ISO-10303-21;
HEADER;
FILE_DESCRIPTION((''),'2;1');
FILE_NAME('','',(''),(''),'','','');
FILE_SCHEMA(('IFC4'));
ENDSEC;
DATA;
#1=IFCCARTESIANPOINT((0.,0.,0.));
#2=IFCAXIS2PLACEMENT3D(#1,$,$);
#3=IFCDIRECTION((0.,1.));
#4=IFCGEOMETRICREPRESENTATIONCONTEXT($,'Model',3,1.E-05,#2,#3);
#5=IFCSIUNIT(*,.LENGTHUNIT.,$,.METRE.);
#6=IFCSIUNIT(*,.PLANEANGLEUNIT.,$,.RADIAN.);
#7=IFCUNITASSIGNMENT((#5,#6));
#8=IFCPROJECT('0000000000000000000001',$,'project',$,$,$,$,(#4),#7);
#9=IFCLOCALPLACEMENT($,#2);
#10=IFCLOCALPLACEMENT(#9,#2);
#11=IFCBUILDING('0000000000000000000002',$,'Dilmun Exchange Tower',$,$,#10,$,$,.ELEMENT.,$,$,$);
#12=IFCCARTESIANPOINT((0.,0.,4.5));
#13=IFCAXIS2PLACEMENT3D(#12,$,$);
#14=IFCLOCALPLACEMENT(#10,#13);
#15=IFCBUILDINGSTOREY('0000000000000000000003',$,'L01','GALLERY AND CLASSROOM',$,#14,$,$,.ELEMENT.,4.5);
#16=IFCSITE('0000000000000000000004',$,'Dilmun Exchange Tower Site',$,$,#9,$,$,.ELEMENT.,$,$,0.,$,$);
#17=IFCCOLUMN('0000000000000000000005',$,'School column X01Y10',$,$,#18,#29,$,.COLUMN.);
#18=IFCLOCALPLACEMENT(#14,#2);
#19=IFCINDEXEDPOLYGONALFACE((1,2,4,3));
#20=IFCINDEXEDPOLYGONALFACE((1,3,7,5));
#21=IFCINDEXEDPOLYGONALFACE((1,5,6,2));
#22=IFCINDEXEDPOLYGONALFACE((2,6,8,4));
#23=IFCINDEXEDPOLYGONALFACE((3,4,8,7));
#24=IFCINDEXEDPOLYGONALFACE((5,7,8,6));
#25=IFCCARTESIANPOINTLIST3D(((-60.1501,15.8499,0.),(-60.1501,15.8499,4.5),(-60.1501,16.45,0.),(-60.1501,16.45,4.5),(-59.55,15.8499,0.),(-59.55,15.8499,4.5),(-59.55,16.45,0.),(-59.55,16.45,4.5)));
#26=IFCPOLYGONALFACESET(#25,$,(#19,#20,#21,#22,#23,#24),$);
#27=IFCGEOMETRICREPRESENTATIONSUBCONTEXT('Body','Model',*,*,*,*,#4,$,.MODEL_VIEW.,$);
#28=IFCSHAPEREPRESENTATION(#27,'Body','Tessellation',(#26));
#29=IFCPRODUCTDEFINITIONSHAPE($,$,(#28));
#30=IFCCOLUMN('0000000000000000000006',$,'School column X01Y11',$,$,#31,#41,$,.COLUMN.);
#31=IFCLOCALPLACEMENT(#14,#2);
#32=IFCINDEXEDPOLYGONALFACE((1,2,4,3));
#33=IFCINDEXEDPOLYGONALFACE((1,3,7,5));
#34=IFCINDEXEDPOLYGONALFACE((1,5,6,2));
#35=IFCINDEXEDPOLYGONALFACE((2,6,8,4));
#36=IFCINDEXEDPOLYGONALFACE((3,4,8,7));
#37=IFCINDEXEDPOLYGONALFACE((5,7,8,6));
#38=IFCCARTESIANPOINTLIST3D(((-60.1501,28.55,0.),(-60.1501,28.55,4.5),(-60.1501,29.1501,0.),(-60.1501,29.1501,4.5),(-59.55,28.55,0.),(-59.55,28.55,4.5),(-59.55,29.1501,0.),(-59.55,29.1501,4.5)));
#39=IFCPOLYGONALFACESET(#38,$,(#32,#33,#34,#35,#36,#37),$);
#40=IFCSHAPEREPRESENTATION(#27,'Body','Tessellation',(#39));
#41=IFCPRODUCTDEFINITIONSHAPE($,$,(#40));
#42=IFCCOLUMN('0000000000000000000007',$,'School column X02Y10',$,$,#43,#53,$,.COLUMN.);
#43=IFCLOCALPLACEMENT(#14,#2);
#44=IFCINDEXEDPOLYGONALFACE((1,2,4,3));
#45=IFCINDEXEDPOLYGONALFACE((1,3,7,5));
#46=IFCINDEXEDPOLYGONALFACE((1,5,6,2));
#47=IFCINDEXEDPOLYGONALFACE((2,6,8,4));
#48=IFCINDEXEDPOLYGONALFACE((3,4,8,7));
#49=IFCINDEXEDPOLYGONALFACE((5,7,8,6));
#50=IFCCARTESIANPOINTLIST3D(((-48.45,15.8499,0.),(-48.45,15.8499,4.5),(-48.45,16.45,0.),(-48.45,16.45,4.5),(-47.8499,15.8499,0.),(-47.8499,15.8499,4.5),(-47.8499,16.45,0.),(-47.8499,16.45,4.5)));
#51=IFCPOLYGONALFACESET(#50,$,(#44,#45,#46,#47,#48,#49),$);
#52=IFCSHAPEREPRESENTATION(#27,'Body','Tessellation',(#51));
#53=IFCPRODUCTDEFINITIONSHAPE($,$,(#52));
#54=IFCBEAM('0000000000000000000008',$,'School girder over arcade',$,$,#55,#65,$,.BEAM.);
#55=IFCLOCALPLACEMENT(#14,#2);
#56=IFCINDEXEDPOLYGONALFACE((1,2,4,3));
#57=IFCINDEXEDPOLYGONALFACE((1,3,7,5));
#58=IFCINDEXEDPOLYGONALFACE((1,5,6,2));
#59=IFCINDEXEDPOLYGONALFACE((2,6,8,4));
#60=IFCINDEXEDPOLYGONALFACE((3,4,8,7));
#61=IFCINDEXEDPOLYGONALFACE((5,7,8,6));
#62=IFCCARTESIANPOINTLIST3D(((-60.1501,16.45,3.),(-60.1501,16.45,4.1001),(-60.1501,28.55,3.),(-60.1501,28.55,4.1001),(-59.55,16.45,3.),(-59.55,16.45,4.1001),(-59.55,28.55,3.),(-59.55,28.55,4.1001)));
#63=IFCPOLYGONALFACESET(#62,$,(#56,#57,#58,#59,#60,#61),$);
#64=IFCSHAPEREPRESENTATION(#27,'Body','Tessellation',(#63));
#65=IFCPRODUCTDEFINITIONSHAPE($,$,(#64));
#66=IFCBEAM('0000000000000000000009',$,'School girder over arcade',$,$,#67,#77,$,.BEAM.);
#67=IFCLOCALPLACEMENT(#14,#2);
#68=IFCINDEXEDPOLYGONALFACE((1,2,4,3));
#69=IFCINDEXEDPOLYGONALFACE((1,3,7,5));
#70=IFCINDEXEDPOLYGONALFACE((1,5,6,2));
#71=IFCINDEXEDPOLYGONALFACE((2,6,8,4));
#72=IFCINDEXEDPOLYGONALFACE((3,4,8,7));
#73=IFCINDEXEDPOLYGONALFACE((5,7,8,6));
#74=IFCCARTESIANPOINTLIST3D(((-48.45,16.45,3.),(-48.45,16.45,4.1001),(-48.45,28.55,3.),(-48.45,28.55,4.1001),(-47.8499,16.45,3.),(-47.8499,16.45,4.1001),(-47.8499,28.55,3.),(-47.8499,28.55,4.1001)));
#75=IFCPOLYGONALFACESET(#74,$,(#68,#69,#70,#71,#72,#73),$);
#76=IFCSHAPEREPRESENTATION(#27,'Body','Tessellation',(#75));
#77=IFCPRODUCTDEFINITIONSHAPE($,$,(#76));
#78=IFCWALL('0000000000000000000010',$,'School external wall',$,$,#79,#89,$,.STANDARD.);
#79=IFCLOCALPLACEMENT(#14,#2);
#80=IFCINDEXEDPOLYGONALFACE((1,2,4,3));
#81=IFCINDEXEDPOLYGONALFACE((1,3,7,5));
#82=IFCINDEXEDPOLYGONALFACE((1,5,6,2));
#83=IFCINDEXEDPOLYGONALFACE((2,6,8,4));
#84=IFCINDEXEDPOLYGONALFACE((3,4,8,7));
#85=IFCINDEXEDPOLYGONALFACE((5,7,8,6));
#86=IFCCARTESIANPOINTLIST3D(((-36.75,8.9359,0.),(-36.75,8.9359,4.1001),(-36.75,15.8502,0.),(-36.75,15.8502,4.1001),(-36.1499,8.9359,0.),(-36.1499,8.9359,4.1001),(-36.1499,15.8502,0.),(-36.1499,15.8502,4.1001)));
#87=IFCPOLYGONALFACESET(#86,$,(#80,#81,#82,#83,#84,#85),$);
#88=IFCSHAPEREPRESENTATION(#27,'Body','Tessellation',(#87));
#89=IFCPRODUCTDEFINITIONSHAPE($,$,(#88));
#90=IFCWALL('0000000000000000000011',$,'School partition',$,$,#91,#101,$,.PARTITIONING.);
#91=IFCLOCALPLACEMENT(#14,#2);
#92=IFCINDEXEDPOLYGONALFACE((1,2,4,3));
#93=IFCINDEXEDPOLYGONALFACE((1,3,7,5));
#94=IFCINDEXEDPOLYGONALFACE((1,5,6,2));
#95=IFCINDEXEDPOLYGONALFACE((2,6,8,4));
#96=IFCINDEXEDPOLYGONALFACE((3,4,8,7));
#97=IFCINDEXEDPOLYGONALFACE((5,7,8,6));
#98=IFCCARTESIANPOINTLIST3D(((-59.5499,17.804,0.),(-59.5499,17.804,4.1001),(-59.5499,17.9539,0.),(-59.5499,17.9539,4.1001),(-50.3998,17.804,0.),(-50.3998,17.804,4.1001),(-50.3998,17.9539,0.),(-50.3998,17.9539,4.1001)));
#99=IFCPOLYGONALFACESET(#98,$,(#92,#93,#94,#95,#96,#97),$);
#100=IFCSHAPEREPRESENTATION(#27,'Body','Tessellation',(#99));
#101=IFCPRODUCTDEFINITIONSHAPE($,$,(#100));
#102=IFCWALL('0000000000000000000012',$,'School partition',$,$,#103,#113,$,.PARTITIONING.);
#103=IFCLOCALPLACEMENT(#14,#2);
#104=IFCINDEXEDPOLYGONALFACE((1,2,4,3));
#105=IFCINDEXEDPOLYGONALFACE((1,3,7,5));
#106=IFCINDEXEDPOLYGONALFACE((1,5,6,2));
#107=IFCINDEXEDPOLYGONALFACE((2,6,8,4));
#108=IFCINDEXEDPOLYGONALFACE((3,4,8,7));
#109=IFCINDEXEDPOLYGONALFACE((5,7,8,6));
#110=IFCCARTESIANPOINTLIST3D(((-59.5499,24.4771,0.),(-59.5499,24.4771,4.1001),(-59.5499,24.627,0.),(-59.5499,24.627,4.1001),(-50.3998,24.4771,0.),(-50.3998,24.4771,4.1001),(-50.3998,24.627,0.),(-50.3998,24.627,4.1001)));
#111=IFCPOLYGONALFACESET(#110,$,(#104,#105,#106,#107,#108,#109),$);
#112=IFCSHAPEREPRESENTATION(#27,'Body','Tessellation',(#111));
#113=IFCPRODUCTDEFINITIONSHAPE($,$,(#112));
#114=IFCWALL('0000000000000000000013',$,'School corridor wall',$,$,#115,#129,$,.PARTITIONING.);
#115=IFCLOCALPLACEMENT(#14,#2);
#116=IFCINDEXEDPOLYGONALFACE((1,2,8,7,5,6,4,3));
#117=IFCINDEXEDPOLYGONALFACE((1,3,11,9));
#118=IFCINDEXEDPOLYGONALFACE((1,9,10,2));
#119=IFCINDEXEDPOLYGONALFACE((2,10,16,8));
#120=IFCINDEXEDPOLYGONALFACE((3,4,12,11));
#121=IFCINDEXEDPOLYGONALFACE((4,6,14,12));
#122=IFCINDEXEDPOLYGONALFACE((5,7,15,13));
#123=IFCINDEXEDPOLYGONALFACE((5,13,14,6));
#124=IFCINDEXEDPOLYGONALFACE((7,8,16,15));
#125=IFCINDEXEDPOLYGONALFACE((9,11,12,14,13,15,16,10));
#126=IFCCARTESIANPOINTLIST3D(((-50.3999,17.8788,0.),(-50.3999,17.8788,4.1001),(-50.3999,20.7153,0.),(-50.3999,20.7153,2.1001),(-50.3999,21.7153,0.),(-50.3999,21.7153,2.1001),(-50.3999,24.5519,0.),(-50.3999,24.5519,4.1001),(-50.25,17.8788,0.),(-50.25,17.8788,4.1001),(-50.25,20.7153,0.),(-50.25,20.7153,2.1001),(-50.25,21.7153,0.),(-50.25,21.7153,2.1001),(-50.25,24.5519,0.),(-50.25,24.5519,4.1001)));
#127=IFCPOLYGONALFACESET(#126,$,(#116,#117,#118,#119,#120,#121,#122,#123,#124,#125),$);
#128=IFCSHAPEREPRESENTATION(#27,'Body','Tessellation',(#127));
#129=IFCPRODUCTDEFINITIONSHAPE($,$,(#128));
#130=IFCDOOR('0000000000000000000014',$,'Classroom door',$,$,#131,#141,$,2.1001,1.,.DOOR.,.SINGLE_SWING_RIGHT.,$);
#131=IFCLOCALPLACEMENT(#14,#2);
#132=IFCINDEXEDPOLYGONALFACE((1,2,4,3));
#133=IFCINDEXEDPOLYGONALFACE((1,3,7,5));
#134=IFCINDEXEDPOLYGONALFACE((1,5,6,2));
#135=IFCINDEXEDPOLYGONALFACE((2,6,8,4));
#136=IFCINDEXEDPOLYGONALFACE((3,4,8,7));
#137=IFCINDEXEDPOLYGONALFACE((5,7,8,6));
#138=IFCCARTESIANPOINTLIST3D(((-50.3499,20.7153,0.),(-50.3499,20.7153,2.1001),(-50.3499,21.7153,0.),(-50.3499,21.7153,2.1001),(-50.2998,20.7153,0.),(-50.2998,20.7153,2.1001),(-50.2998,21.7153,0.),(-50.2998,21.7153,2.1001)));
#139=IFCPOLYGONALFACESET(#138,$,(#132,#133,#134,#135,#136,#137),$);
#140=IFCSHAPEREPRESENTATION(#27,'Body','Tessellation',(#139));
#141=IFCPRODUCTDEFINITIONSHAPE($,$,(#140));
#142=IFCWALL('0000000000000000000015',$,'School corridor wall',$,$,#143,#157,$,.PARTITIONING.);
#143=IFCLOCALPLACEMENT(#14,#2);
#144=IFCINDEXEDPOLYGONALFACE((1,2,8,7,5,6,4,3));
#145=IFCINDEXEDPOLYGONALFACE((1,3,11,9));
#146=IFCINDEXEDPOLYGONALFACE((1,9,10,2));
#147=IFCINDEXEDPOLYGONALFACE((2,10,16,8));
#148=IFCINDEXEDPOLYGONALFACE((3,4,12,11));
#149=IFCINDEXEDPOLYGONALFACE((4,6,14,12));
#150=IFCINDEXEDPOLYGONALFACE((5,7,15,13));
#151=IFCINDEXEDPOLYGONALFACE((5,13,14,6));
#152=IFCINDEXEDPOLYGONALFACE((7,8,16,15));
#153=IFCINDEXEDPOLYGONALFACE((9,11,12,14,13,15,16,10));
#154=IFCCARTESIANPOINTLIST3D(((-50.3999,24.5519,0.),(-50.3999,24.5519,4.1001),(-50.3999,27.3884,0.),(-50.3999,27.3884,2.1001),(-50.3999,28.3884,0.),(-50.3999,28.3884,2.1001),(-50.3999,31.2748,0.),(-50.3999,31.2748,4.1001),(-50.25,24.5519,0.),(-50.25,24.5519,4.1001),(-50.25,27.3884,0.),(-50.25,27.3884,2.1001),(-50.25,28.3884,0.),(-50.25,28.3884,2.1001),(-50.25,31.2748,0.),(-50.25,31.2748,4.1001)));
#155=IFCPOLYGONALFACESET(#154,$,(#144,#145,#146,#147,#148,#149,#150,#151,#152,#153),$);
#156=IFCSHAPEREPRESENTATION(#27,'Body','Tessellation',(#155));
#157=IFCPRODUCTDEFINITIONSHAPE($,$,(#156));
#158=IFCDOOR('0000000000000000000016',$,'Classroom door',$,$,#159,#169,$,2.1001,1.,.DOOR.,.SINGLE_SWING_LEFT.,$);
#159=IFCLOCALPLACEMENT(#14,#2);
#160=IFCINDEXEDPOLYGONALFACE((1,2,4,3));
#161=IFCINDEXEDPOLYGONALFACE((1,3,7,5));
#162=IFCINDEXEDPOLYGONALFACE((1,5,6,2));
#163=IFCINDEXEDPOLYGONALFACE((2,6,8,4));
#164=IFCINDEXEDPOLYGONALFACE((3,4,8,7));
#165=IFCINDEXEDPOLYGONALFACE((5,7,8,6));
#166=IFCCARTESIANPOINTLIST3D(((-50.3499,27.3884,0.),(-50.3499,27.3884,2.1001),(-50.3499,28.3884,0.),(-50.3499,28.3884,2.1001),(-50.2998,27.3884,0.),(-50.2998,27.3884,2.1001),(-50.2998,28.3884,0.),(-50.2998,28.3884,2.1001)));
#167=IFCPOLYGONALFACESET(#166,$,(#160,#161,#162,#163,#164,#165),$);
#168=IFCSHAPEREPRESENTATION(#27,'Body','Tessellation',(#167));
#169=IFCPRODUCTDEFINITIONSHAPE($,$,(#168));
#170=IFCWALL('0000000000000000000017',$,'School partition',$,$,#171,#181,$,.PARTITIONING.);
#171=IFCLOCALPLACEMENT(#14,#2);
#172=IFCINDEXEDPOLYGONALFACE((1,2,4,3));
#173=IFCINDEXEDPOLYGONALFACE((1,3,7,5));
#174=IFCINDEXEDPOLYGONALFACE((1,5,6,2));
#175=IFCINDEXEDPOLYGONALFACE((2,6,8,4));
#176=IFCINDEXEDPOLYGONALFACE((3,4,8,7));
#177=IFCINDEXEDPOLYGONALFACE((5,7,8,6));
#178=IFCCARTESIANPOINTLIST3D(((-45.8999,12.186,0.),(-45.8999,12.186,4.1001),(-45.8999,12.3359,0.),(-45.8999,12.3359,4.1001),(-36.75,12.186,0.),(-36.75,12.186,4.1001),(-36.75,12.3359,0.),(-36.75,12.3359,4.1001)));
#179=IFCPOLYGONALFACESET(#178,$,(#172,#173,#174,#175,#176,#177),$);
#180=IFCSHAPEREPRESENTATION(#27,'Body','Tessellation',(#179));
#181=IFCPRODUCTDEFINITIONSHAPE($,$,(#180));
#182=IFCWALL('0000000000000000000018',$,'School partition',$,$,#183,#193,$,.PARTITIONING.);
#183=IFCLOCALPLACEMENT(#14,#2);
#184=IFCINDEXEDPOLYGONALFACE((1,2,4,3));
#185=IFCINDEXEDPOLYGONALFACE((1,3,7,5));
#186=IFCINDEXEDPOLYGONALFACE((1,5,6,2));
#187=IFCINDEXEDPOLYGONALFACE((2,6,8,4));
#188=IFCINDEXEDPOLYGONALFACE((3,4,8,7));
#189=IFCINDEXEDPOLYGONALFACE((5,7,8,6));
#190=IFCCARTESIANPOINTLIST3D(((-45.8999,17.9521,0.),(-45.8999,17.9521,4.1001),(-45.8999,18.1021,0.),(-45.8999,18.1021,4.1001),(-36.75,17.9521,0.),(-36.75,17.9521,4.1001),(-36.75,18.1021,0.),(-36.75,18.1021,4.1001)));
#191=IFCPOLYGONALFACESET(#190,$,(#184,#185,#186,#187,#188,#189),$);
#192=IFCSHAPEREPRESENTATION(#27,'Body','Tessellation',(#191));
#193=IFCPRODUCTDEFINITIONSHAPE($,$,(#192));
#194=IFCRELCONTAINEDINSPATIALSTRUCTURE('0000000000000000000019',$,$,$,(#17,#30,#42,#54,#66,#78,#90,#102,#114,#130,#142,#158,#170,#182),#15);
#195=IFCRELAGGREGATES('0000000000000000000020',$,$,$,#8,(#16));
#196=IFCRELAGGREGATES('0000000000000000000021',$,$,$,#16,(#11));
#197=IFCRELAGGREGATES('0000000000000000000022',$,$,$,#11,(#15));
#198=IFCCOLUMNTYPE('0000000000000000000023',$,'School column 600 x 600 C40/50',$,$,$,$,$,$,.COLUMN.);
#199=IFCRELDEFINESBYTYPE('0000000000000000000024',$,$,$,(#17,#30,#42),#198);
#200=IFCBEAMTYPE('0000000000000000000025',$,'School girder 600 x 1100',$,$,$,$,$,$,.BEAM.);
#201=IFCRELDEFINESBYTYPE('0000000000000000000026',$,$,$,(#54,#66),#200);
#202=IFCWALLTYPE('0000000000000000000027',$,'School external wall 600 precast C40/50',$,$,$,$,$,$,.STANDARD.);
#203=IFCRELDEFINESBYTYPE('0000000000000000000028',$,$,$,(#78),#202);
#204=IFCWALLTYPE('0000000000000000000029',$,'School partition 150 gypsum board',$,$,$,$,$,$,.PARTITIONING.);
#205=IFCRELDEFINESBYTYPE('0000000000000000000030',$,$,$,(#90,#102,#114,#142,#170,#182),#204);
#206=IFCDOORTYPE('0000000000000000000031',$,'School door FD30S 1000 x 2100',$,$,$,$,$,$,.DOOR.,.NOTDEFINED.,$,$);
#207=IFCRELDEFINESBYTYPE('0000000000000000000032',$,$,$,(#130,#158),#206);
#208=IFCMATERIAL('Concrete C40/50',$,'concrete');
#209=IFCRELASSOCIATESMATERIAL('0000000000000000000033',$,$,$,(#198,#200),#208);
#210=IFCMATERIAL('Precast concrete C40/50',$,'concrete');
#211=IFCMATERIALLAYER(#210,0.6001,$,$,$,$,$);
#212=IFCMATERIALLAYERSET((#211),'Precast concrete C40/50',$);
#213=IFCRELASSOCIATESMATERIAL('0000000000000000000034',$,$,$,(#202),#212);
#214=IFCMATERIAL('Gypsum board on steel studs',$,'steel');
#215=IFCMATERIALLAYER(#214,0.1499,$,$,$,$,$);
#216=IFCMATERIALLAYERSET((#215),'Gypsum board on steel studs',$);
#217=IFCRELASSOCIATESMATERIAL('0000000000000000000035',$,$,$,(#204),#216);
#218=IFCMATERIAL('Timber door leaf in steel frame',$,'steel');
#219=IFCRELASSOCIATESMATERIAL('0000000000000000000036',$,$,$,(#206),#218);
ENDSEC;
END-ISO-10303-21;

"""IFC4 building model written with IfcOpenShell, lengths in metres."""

from ifc_helpers import new_model, si_unit, direction, frame, frame_2d, origin, origin_2d, place, context, subcontext, project, spatial, rectangle, extrude, material, layer, layer_set, material_profile, profile_set, type_object, element, fill, save


model = new_model("IFC4")

# Units and contexts
model_context = context("Model", 3, precision=1e-05, world=origin(), true_north=direction((0.0, 1.0)))
body_context = subcontext(model_context, "Body", "Model", "MODEL_VIEW")
ifc_project = project(units=[si_unit("LENGTHUNIT", "METRE"), si_unit("PLANEANGLEUNIT", "RADIAN")], contexts=[model_context])

# Site, building, storey
site_placement = place(None, origin())
site = spatial("IfcSite", under=ifc_project, at=site_placement, Name="Dilmun Exchange Tower Site", CompositionType="ELEMENT", RefElevation=0.0)
building_placement = place(site_placement, origin())
building = spatial("IfcBuilding", under=site, at=building_placement, Name="Dilmun Exchange Tower", CompositionType="ELEMENT")
storey_placement = place(building_placement, frame((0.0, 0.0, 4.5)))
storey = spatial("IfcBuildingStorey", under=building, at=storey_placement, Name="L01", Description="GALLERY AND CLASSROOM", CompositionType="ELEMENT", Elevation=4.5)

# Columns
ifc_material_1 = material(Name="Concrete C40/50", Category="concrete")
ifc_material_profile_1 = material_profile(ifc_material_1, rectangle(XDim=0.6001, YDim=0.6001, at=origin_2d()), Name="600 x 600")
ifc_profile_set_1 = profile_set([ifc_material_profile_1], Name="Concrete C40/50")
column_type = type_object("IfcColumnType", Name="School column 600 x 600 C40/50", PredefinedType="COLUMN", material=ifc_profile_set_1)
for number, where, z_axis, x_axis, name in (
    (1, (-59.8501, 16.1499, 0.0), (0.0, 0.0, 1.0), (1.0, 0.0, 0.0), "School column X01Y10"),
    (2, (-59.8501, 28.8501, 0.0), (0.0, 0.0, 1.0), (1.0, 0.0, 0.0), "School column X01Y11"),
    (3, (-48.1499, 16.1499, 0.0), (0.0, 0.0, 1.0), (1.0, 0.0, 0.0), "School column X02Y10"),
):
    element("IfcColumn", number, at=place(storey_placement, frame(where, z_axis=z_axis, x_axis=x_axis)), inside=storey, type_object=column_type, Name=name, PredefinedType="COLUMN", context=body_context, shape_type="SweptSolid", body=[
        extrude(rectangle(XDim=0.6001, YDim=0.6001, at=origin_2d()), origin(), (0.0, 0.0, 1.0), 4.5),
    ])

# Beams
ifc_material_profile_2 = material_profile(ifc_material_1, rectangle(XDim=0.6001, YDim=1.1001, at=origin_2d()), Name="600 x 1100")
ifc_profile_set_2 = profile_set([ifc_material_profile_2], Name="Concrete C40/50")
beam_type = type_object("IfcBeamType", Name="School girder 600 x 1100", PredefinedType="BEAM", material=ifc_profile_set_2)
for number, where, z_axis, x_axis, name in (
    (4, (-59.8501, 16.45, 3.55), (0.0, 1.0, 0.0), (-1.0, 0.0, 0.0), "School girder over arcade"),
    (5, (-48.1499, 16.45, 3.55), (0.0, 1.0, 0.0), (-1.0, 0.0, 0.0), "School girder over arcade"),
):
    element("IfcBeam", number, at=place(storey_placement, frame(where, z_axis=z_axis, x_axis=x_axis)), inside=storey, type_object=beam_type, Name=name, PredefinedType="BEAM", context=body_context, shape_type="SweptSolid", body=[
        extrude(rectangle(XDim=0.6001, YDim=1.1001, at=origin_2d()), origin(), (0.0, 0.0, 1.0), 12.1001),
    ])

# Shared definitions
ifc_material_2 = material(Name="Precast concrete C40/50", Category="concrete")
ifc_layer_1 = layer(ifc_material_2, 0.6001)
ifc_layer_set_1 = layer_set([ifc_layer_1], Name="Precast concrete C40/50")
wall_type_1 = type_object("IfcWallType", Name="School external wall 600 precast C40/50", PredefinedType="STANDARD", material=ifc_layer_set_1)

# Walls
wall_1_placement = place(storey_placement, frame((-36.45, 15.8501, 0.0), z_axis=(0.0, 0.0, 1.0), x_axis=(0.0, -1.0, 0.0)))
element("IfcWall", 6, at=wall_1_placement, inside=storey, type_object=wall_type_1, Name="School external wall", PredefinedType="STANDARD", context=body_context, shape_type="SweptSolid", body=[
    extrude(rectangle(XDim=6.9143, YDim=0.6001, at=frame_2d((3.457, 0.0))), origin(), (0.0, 0.0, 1.0), 4.1001),
])
ifc_material_3 = material(Name="Gypsum board on steel studs", Category="steel")
ifc_layer_2 = layer(ifc_material_3, 0.1499)
ifc_layer_set_2 = layer_set([ifc_layer_2], Name="Gypsum board on steel studs")
wall_type_2 = type_object("IfcWallType", Name="School partition 150 gypsum board", PredefinedType="PARTITIONING", material=ifc_layer_set_2)
for number, where, z_axis, x_axis, name in (
    (7, (-59.55, 17.8789, 0.0), (0.0, 0.0, 1.0), (1.0, 0.0, 0.0), "School partition"),
    (8, (-59.55, 24.552, 0.0), (0.0, 0.0, 1.0), (1.0, 0.0, 0.0), "School partition"),
):
    element("IfcWall", number, at=place(storey_placement, frame(where, z_axis=z_axis, x_axis=x_axis)), inside=storey, type_object=wall_type_2, Name=name, PredefinedType="PARTITIONING", context=body_context, shape_type="SweptSolid", body=[
        extrude(rectangle(XDim=9.1501, YDim=0.1499, at=frame_2d((4.5752, 0.0))), origin(), (0.0, 0.0, 1.0), 4.1001),
    ])

# Walls, openings, doors
wall_2_placement = place(storey_placement, frame((-50.325, 17.8789, 0.0), z_axis=(0.0, 0.0, 1.0), x_axis=(0.0, 1.0, 0.0)))
wall_2 = element("IfcWall", 9, at=wall_2_placement, inside=storey, type_object=wall_type_2, Name="School corridor wall", PredefinedType="PARTITIONING", context=body_context, shape_type="SweptSolid", body=[
    extrude(rectangle(XDim=6.6731, YDim=0.1499, at=frame_2d((3.3364, 0.0))), origin(), (0.0, 0.0, 1.0), 4.1001),
])
opening_1_placement = place(wall_2_placement, frame((2.8364, 0.0, 0.0)))
opening_1 = element("IfcOpeningElement", 10, at=opening_1_placement, cuts=wall_2, PredefinedType="OPENING", context=body_context, shape_type="SweptSolid", body=[
    extrude(rectangle(XDim=1.0, YDim=2.1001, at=frame_2d((0.5, 1.05))), frame((0.0, 0.085, 0.0), z_axis=(0.0, -1.0, 0.0), x_axis=(1.0, 0.0, 0.0)), (0.0, 0.0, 1.0), 0.1699),
])
ifc_material_4 = material(Name="Timber door leaf in steel frame", Category="steel")
door_type_1 = type_object("IfcDoorType", Name="School door FD30S 1000 x 2100", OperationType="NOTDEFINED", PredefinedType="DOOR", material=ifc_material_4)
door_1_placement = place(opening_1_placement, origin())
door_1 = element("IfcDoor", 11, at=door_1_placement, inside=storey, type_object=door_type_1, Name="Classroom door", OperationType="SINGLE_SWING_RIGHT", OverallHeight=2.1001, OverallWidth=1.0, PredefinedType="DOOR", context=body_context, shape_type="SweptSolid", body=[
    extrude(rectangle(XDim=1.0, YDim=2.1001, at=frame_2d((0.5, 1.05))), frame((0.0, 0.0249, 0.0), z_axis=(0.0, -1.0, 0.0), x_axis=(1.0, 0.0, 0.0)), (0.0, 0.0, 1.0), 0.05),
])
fill(opening_1, door_1)
wall_3_placement = place(storey_placement, frame((-50.325, 24.552, 0.0), z_axis=(0.0, 0.0, 1.0), x_axis=(0.0, 1.0, 0.0)))
wall_3 = element("IfcWall", 12, at=wall_3_placement, inside=storey, type_object=wall_type_2, Name="School corridor wall", PredefinedType="PARTITIONING", context=body_context, shape_type="SweptSolid", body=[
    extrude(rectangle(XDim=6.7229, YDim=0.1499, at=frame_2d((3.3613, 0.0))), origin(), (0.0, 0.0, 1.0), 4.1001),
])
opening_2_placement = place(wall_3_placement, frame((2.8364, 0.0, 0.0)))
opening_2 = element("IfcOpeningElement", 13, at=opening_2_placement, cuts=wall_3, PredefinedType="OPENING", context=body_context, shape_type="SweptSolid", body=[
    extrude(rectangle(XDim=1.0, YDim=2.1001, at=frame_2d((0.5, 1.05))), frame((0.0, 0.085, 0.0), z_axis=(0.0, -1.0, 0.0), x_axis=(1.0, 0.0, 0.0)), (0.0, 0.0, 1.0), 0.1699),
])
door_2_placement = place(opening_2_placement, origin())
door_2 = element("IfcDoor", 14, at=door_2_placement, inside=storey, type_object=door_type_1, Name="Classroom door", OperationType="SINGLE_SWING_LEFT", OverallHeight=2.1001, OverallWidth=1.0, PredefinedType="DOOR", context=body_context, shape_type="SweptSolid", body=[
    extrude(rectangle(XDim=1.0, YDim=2.1001, at=frame_2d((0.5, 1.05))), frame((0.0, 0.0249, 0.0), z_axis=(0.0, -1.0, 0.0), x_axis=(1.0, 0.0, 0.0)), (0.0, 0.0, 1.0), 0.05),
])
fill(opening_2, door_2)

# Walls
for number, where, z_axis, x_axis, name in (
    (15, (-45.8999, 12.261, 0.0), (0.0, 0.0, 1.0), (1.0, 0.0, 0.0), "School partition"),
    (16, (-45.8999, 18.0271, 0.0), (0.0, 0.0, 1.0), (1.0, 0.0, 0.0), "School partition"),
):
    element("IfcWall", number, at=place(storey_placement, frame(where, z_axis=z_axis, x_axis=x_axis)), inside=storey, type_object=wall_type_2, Name=name, PredefinedType="PARTITIONING", context=body_context, shape_type="SweptSolid", body=[
        extrude(rectangle(XDim=9.1499, YDim=0.1499, at=frame_2d((4.575, 0.0))), origin(), (0.0, 0.0, 1.0), 4.1001),
    ])

save(model, "model.ifc")
